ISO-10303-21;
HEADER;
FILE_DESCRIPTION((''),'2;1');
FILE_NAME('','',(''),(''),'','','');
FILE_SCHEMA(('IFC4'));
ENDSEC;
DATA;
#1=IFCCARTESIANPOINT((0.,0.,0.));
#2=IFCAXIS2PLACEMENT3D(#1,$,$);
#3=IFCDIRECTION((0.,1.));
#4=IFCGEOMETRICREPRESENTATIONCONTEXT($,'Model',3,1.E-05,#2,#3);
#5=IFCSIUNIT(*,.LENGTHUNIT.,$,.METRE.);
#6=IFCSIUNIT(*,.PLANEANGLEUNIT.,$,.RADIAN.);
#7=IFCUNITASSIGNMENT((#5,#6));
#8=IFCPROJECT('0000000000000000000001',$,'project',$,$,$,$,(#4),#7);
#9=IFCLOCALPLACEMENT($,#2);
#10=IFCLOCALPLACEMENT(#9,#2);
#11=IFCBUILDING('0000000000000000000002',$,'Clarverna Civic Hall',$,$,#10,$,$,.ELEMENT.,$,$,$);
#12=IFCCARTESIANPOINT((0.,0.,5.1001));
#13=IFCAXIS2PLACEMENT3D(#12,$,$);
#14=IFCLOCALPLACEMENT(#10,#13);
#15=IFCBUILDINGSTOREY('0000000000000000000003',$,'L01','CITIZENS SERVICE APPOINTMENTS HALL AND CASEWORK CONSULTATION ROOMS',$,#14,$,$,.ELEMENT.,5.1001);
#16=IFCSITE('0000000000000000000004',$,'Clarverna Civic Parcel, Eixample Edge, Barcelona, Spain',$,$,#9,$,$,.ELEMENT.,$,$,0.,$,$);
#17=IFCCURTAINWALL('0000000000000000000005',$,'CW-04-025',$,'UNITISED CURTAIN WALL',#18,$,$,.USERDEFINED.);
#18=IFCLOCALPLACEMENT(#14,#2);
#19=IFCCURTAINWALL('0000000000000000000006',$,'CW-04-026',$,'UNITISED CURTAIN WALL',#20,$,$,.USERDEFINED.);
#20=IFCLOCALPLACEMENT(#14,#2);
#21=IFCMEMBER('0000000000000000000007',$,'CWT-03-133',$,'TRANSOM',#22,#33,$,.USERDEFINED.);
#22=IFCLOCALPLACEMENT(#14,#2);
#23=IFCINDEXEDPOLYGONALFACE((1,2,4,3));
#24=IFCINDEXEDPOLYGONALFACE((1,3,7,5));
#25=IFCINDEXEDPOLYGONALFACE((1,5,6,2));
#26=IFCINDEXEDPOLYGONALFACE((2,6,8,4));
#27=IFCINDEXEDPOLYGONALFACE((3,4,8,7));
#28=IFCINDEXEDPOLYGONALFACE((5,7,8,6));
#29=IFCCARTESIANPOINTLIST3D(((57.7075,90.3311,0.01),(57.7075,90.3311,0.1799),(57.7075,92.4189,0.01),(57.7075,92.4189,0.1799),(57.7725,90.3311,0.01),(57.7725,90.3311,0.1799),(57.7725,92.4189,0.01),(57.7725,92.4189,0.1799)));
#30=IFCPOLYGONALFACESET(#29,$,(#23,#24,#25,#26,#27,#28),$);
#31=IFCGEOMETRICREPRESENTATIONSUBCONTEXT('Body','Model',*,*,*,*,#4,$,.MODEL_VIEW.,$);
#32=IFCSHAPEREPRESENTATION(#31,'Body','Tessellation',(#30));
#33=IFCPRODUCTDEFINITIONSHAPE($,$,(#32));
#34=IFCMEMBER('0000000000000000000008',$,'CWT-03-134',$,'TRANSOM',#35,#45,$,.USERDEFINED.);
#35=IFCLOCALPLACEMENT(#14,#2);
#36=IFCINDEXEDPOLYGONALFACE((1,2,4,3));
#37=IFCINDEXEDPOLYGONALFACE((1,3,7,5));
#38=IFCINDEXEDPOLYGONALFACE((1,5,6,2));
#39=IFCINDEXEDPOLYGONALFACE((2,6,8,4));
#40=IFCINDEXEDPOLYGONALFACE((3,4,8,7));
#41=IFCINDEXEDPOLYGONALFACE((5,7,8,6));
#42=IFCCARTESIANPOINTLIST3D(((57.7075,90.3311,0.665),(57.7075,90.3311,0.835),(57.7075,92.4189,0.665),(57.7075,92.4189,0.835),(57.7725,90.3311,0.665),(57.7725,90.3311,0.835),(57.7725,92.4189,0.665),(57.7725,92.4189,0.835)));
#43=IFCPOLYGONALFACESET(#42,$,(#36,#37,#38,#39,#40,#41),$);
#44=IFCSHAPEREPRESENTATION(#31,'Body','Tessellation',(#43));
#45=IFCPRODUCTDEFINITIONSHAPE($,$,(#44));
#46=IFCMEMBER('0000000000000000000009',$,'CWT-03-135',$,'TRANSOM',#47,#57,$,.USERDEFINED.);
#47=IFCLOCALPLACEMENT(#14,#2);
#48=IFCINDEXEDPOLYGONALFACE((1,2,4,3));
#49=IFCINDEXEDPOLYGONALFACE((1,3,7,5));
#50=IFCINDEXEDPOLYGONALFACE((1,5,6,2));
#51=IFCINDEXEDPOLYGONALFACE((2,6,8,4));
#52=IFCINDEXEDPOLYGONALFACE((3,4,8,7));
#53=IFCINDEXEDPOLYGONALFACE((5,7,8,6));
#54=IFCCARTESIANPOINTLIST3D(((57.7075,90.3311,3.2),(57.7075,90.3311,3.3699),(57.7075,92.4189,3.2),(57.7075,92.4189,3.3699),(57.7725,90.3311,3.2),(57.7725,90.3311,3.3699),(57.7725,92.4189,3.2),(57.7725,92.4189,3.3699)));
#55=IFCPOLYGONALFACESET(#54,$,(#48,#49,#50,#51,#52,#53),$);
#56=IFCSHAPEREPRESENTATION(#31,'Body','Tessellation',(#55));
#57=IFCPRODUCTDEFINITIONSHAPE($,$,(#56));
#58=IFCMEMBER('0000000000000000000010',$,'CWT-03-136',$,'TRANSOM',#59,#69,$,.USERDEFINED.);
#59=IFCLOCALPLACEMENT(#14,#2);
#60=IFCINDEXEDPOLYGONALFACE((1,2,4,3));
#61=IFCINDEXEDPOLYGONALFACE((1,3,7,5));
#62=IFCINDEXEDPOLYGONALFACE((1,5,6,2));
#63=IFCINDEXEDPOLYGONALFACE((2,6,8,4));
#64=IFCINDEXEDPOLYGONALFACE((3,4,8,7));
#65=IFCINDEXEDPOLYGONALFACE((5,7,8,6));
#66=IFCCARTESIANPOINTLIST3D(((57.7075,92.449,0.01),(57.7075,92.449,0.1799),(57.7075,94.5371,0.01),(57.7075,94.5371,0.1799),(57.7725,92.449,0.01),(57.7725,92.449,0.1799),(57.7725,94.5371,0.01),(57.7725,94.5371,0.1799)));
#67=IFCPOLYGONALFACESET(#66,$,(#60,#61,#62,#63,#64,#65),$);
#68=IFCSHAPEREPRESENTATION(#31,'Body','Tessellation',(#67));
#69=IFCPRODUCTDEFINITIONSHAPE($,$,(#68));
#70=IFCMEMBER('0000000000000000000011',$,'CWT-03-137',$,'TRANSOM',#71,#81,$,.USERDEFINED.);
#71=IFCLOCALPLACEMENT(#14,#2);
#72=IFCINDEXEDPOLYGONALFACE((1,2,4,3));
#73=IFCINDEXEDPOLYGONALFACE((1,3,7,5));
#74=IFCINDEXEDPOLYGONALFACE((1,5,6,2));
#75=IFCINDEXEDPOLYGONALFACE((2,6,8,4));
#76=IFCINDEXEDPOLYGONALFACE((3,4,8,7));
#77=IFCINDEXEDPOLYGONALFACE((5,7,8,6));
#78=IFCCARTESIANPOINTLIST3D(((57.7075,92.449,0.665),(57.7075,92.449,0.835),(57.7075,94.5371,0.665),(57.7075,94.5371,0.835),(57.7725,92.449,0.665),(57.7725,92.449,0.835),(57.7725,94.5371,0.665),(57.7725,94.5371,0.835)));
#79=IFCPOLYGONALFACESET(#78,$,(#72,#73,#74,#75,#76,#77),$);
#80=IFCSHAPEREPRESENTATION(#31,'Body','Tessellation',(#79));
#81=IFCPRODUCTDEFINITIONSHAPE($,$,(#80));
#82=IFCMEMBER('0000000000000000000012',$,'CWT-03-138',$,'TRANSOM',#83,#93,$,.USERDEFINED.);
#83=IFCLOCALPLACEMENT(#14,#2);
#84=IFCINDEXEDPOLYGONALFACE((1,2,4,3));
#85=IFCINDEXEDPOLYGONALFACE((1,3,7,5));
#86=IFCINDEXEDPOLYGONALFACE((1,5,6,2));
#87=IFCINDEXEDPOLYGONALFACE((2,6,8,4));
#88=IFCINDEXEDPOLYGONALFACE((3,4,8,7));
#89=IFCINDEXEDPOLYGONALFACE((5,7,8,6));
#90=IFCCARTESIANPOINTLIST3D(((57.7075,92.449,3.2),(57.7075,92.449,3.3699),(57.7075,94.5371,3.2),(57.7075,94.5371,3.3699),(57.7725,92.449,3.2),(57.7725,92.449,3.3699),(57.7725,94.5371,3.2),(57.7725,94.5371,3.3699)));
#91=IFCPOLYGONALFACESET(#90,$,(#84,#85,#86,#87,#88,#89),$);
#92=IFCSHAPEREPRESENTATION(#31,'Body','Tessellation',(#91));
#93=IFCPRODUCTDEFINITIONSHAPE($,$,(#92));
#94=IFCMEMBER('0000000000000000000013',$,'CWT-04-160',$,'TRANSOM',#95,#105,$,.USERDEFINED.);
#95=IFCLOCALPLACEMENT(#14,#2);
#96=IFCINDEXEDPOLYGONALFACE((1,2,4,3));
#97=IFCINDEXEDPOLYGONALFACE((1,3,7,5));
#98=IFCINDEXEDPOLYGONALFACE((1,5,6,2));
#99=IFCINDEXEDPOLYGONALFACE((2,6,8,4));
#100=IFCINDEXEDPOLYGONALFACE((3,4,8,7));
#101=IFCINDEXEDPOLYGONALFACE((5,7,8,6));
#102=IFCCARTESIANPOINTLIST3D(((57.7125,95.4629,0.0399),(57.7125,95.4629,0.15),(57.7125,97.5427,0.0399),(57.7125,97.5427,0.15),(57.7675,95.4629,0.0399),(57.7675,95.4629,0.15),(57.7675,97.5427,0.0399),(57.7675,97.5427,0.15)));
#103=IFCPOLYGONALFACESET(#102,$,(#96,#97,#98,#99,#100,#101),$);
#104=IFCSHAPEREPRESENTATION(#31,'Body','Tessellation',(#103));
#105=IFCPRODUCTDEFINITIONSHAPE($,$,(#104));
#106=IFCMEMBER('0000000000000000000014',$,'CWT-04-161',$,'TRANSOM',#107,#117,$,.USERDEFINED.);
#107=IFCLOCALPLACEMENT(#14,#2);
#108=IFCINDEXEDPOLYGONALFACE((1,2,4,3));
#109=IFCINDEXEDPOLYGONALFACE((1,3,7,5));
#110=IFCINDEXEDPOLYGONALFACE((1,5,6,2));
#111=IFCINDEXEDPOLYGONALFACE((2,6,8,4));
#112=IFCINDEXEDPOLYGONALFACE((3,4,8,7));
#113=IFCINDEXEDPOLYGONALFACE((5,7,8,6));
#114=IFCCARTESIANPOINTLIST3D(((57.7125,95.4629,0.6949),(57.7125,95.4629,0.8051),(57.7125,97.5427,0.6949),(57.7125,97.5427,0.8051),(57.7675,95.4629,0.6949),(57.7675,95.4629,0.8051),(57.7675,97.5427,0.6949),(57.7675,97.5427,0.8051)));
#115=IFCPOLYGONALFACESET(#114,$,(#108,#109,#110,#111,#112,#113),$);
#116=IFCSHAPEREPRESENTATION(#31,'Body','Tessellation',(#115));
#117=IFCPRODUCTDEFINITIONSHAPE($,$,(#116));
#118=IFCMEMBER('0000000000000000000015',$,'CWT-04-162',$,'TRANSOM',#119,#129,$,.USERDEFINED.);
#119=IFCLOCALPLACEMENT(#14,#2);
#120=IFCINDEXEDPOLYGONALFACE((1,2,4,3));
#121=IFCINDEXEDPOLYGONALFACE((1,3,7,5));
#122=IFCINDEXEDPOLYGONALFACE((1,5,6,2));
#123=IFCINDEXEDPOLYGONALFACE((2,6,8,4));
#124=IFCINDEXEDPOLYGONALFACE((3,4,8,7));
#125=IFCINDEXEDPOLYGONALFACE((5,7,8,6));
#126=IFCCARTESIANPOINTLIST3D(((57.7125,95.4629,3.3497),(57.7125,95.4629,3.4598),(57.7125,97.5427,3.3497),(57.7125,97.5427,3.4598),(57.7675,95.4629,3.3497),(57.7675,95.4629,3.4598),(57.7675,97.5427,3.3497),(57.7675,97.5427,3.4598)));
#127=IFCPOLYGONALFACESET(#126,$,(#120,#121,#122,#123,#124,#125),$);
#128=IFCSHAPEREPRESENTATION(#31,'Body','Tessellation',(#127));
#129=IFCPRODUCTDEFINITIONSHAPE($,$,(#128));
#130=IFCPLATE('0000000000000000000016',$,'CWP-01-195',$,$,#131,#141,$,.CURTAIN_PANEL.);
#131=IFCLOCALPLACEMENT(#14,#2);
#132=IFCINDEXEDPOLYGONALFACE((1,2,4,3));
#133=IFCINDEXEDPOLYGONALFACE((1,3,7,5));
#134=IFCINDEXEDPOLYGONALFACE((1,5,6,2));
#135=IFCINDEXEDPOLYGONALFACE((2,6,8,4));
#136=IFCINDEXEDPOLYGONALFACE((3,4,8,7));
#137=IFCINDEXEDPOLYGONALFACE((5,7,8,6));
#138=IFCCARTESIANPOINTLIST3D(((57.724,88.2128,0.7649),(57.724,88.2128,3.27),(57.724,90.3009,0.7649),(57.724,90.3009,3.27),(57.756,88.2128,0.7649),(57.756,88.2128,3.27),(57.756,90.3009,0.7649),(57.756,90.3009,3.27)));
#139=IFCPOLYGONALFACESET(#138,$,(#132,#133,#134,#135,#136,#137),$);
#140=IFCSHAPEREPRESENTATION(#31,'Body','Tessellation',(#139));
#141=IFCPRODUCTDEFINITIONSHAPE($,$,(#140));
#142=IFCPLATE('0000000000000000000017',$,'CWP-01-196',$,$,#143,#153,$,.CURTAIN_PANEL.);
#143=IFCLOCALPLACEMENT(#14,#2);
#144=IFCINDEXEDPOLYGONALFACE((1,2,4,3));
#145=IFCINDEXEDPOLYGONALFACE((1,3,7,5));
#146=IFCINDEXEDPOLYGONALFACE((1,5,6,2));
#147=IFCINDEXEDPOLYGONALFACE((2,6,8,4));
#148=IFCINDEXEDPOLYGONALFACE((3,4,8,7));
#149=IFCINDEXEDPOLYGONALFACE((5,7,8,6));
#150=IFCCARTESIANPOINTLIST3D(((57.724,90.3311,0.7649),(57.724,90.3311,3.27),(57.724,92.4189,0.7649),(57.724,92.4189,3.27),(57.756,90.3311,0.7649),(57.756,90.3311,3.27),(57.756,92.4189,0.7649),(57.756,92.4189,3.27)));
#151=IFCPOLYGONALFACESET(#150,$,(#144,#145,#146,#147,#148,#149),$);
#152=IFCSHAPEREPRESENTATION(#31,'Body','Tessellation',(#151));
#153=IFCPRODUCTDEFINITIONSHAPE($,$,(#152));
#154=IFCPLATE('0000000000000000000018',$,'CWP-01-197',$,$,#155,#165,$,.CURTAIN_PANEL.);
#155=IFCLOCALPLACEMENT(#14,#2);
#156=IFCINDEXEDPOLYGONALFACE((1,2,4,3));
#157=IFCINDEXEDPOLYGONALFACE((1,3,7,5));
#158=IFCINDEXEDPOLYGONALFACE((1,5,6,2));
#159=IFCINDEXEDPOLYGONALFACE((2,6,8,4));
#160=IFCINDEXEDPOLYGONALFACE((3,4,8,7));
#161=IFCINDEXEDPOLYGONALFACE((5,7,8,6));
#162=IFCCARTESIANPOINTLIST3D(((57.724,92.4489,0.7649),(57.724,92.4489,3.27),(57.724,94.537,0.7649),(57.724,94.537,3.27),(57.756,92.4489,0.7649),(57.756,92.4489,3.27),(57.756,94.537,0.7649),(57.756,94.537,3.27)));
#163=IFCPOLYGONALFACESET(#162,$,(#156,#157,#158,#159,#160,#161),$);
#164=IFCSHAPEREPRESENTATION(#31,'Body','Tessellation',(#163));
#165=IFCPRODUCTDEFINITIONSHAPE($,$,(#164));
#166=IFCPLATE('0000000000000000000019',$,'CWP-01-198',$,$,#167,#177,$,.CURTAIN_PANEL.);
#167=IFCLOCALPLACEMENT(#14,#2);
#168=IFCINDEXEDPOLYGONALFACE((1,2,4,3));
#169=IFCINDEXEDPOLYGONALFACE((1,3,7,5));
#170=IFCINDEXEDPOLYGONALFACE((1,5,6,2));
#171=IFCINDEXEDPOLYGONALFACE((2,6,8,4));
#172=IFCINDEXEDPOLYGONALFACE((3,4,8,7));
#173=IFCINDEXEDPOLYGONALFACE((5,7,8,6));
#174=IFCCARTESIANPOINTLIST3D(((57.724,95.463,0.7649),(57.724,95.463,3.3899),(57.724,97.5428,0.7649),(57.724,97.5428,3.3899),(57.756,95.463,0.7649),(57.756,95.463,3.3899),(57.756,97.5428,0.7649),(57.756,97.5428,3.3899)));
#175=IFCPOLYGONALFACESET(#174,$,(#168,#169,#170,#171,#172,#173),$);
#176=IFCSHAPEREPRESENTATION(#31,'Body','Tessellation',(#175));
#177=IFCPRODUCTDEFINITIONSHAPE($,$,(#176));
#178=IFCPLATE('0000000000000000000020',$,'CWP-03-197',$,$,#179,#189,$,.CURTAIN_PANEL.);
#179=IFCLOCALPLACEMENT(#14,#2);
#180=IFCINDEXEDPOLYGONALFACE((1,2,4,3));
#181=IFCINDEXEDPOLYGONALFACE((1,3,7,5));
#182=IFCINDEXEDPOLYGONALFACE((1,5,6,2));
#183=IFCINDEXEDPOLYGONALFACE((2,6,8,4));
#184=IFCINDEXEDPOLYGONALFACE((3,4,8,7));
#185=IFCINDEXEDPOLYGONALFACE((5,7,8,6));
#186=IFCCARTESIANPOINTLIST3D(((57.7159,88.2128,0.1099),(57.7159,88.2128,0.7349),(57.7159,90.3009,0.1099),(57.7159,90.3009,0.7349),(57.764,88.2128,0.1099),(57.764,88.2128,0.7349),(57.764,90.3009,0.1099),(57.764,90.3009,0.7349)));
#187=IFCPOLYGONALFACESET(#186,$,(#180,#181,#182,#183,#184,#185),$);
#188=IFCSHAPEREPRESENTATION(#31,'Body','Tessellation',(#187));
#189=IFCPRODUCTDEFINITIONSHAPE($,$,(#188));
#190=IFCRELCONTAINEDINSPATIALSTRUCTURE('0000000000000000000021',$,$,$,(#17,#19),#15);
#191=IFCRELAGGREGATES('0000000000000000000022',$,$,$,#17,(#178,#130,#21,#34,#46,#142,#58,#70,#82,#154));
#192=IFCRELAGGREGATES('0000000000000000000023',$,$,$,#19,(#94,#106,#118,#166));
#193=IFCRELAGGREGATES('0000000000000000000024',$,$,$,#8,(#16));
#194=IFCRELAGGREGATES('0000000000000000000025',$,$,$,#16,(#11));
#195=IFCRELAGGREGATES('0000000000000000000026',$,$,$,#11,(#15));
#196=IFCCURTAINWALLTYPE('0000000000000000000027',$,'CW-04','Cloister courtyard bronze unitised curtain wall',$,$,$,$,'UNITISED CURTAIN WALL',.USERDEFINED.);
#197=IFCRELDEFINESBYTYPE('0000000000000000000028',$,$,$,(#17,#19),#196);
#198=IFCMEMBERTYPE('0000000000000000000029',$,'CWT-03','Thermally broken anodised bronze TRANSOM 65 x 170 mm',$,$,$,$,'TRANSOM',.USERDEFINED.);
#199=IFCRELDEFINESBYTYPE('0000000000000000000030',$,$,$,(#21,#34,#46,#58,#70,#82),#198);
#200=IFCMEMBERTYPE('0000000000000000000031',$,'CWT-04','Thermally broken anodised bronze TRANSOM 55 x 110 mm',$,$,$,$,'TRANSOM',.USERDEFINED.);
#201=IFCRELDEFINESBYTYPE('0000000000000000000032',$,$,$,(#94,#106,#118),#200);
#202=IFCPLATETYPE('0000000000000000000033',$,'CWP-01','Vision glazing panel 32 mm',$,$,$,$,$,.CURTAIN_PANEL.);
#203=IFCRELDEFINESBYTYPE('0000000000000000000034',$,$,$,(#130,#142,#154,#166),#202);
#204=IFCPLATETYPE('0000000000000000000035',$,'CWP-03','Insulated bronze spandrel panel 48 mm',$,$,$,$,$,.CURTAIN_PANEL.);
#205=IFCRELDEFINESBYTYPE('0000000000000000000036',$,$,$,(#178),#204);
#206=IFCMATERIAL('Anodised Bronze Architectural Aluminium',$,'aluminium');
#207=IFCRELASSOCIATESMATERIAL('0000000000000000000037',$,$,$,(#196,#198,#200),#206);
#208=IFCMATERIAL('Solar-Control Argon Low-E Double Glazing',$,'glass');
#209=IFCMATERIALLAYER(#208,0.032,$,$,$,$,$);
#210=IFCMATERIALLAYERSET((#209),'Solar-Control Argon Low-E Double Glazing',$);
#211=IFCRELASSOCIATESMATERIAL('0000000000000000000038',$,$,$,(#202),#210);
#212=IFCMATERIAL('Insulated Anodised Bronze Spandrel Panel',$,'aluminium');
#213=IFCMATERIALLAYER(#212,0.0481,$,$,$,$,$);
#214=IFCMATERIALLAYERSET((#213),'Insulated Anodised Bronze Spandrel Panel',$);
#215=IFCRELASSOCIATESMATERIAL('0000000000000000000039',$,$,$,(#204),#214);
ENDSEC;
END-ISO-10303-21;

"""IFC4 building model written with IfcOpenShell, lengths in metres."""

from ifc_helpers import new_model, si_unit, direction, frame, frame_2d, origin, origin_2d, place, context, subcontext, project, spatial, rectangle, extrude, material, layer, layer_set, material_profile, profile_set, type_object, element, aggregate, save


model = new_model("IFC4")

# Units and contexts
model_context = context("Model", 3, precision=1e-05, world=origin(), true_north=direction((0.0, 1.0)))
body_context = subcontext(model_context, "Body", "Model", "MODEL_VIEW")
ifc_project = project(units=[si_unit("LENGTHUNIT", "METRE"), si_unit("PLANEANGLEUNIT", "RADIAN")], contexts=[model_context])

# Site, building, storey
site_placement = place(None, origin())
site = spatial("IfcSite", under=ifc_project, at=site_placement, Name="Clarverna Civic Parcel, Eixample Edge, Barcelona, Spain", CompositionType="ELEMENT", RefElevation=0.0)
building_placement = place(site_placement, origin())
building = spatial("IfcBuilding", under=site, at=building_placement, Name="Clarverna Civic Hall", CompositionType="ELEMENT")
storey_placement = place(building_placement, frame((0.0, 0.0, 5.1001)))
storey = spatial("IfcBuildingStorey", under=building, at=storey_placement, Name="L01", Description="CITIZENS SERVICE APPOINTMENTS HALL AND CASEWORK CONSULTATION ROOMS", CompositionType="ELEMENT", Elevation=5.1001)

# Curtain wall
ifc_material_1 = material(Name="Anodised Bronze Architectural Aluminium", Category="aluminium")
curtain_wall_type = type_object("IfcCurtainWallType", Name="CW-04", Description="Cloister courtyard bronze unitised curtain wall", ElementType="UNITISED CURTAIN WALL", PredefinedType="USERDEFINED", material=ifc_material_1)
curtain_wall_1_placement = place(storey_placement, origin())
curtain_wall_1 = element("IfcCurtainWall", 1, at=curtain_wall_1_placement, inside=storey, type_object=curtain_wall_type, Name="CW-04-025", ObjectType="UNITISED CURTAIN WALL", PredefinedType="USERDEFINED")

# Curtain wall
curtain_wall_2_placement = place(storey_placement, origin())
curtain_wall_2 = element("IfcCurtainWall", 2, at=curtain_wall_2_placement, inside=storey, type_object=curtain_wall_type, Name="CW-04-026", ObjectType="UNITISED CURTAIN WALL", PredefinedType="USERDEFINED")

# Members
ifc_material_profile_1 = material_profile(ifc_material_1, rectangle(XDim=0.0649, YDim=0.1699, at=origin_2d()), Name="BRONZE 65x170")
ifc_profile_set_1 = profile_set([ifc_material_profile_1], Name="Anodised Bronze Architectural Aluminium")
member_type_1 = type_object("IfcMemberType", Name="CWT-03", Description="Thermally broken anodised bronze TRANSOM 65 x 170 mm", ElementType="TRANSOM", PredefinedType="USERDEFINED", material=ifc_profile_set_1)
member_1_placement = place(storey_placement, frame((57.74, 90.3311, 0.095), z_axis=(0.0, 1.0, 0.0), x_axis=(-1.0, 0.0, 0.0)))
member_1 = element("IfcMember", 3, at=member_1_placement, type_object=member_type_1, Name="CWT-03-133", ObjectType="TRANSOM", PredefinedType="USERDEFINED", context=body_context, shape_type="SweptSolid", body=[
    extrude(rectangle(XDim=0.0649, YDim=0.1699, at=origin_2d()), origin(), (0.0, 0.0, 1.0), 2.0879),
])
member_2_placement = place(storey_placement, frame((57.74, 90.3311, 0.75), z_axis=(0.0, 1.0, 0.0), x_axis=(-1.0, 0.0, 0.0)))
member_2 = element("IfcMember", 4, at=member_2_placement, type_object=member_type_1, Name="CWT-03-134", ObjectType="TRANSOM", PredefinedType="USERDEFINED", context=body_context, shape_type="SweptSolid", body=[
    extrude(rectangle(XDim=0.0649, YDim=0.1699, at=origin_2d()), origin(), (0.0, 0.0, 1.0), 2.0879),
])
member_3_placement = place(storey_placement, frame((57.74, 90.3311, 3.2849), z_axis=(0.0, 1.0, 0.0), x_axis=(-1.0, 0.0, 0.0)))
member_3 = element("IfcMember", 5, at=member_3_placement, type_object=member_type_1, Name="CWT-03-135", ObjectType="TRANSOM", PredefinedType="USERDEFINED", context=body_context, shape_type="SweptSolid", body=[
    extrude(rectangle(XDim=0.0649, YDim=0.1699, at=origin_2d()), origin(), (0.0, 0.0, 1.0), 2.0879),
])
member_4_placement = place(storey_placement, frame((57.74, 92.449, 0.095), z_axis=(0.0, 1.0, 0.0), x_axis=(-1.0, 0.0, 0.0)))
member_4 = element("IfcMember", 6, at=member_4_placement, type_object=member_type_1, Name="CWT-03-136", ObjectType="TRANSOM", PredefinedType="USERDEFINED", context=body_context, shape_type="SweptSolid", body=[
    extrude(rectangle(XDim=0.0649, YDim=0.1699, at=origin_2d()), origin(), (0.0, 0.0, 1.0), 2.0881),
])
member_5_placement = place(storey_placement, frame((57.74, 92.449, 0.75), z_axis=(0.0, 1.0, 0.0), x_axis=(-1.0, 0.0, 0.0)))
member_5 = element("IfcMember", 7, at=member_5_placement, type_object=member_type_1, Name="CWT-03-137", ObjectType="TRANSOM", PredefinedType="USERDEFINED", context=body_context, shape_type="SweptSolid", body=[
    extrude(rectangle(XDim=0.0649, YDim=0.1699, at=origin_2d()), origin(), (0.0, 0.0, 1.0), 2.0881),
])
member_6_placement = place(storey_placement, frame((57.74, 92.449, 3.2849), z_axis=(0.0, 1.0, 0.0), x_axis=(-1.0, 0.0, 0.0)))
member_6 = element("IfcMember", 8, at=member_6_placement, type_object=member_type_1, Name="CWT-03-138", ObjectType="TRANSOM", PredefinedType="USERDEFINED", context=body_context, shape_type="SweptSolid", body=[
    extrude(rectangle(XDim=0.0649, YDim=0.1699, at=origin_2d()), origin(), (0.0, 0.0, 1.0), 2.0881),
])
ifc_material_profile_2 = material_profile(ifc_material_1, rectangle(XDim=0.0549, YDim=0.1101, at=origin_2d()), Name="BRONZE 55x110")
ifc_profile_set_2 = profile_set([ifc_material_profile_2], Name="Anodised Bronze Architectural Aluminium")
member_type_2 = type_object("IfcMemberType", Name="CWT-04", Description="Thermally broken anodised bronze TRANSOM 55 x 110 mm", ElementType="TRANSOM", PredefinedType="USERDEFINED", material=ifc_profile_set_2)
member_7_placement = place(storey_placement, frame((57.74, 95.4629, 0.095), z_axis=(0.0, 1.0, 0.0), x_axis=(-1.0, 0.0, 0.0)))
member_7 = element("IfcMember", 9, at=member_7_placement, type_object=member_type_2, Name="CWT-04-160", ObjectType="TRANSOM", PredefinedType="USERDEFINED", context=body_context, shape_type="SweptSolid", body=[
    extrude(rectangle(XDim=0.0549, YDim=0.1101, at=origin_2d()), origin(), (0.0, 0.0, 1.0), 2.0798),
])
member_8_placement = place(storey_placement, frame((57.74, 95.4629, 0.75), z_axis=(0.0, 1.0, 0.0), x_axis=(-1.0, 0.0, 0.0)))
member_8 = element("IfcMember", 10, at=member_8_placement, type_object=member_type_2, Name="CWT-04-161", ObjectType="TRANSOM", PredefinedType="USERDEFINED", context=body_context, shape_type="SweptSolid", body=[
    extrude(rectangle(XDim=0.0549, YDim=0.1101, at=origin_2d()), origin(), (0.0, 0.0, 1.0), 2.0798),
])
member_9_placement = place(storey_placement, frame((57.74, 95.4629, 3.4048), z_axis=(0.0, 1.0, 0.0), x_axis=(-1.0, 0.0, 0.0)))
member_9 = element("IfcMember", 11, at=member_9_placement, type_object=member_type_2, Name="CWT-04-162", ObjectType="TRANSOM", PredefinedType="USERDEFINED", context=body_context, shape_type="SweptSolid", body=[
    extrude(rectangle(XDim=0.0549, YDim=0.1101, at=origin_2d()), origin(), (0.0, 0.0, 1.0), 2.0798),
])

# Plates
ifc_material_2 = material(Name="Solar-Control Argon Low-E Double Glazing", Category="glass")
ifc_layer_1 = layer(ifc_material_2, 0.032)
ifc_layer_set_1 = layer_set([ifc_layer_1], Name="Solar-Control Argon Low-E Double Glazing")
plate_type_1 = type_object("IfcPlateType", Name="CWP-01", Description="Vision glazing panel 32 mm", PredefinedType="CURTAIN_PANEL", material=ifc_layer_set_1)
plate_1_placement = place(storey_placement, frame((57.74, 88.2129, 0.7649), z_axis=(0.0, 0.0, 1.0), x_axis=(0.0, 1.0, 0.0)))
plate_1 = element("IfcPlate", 12, at=plate_1_placement, type_object=plate_type_1, Name="CWP-01-195", PredefinedType="CURTAIN_PANEL", context=body_context, shape_type="SweptSolid", body=[
    extrude(rectangle(XDim=2.0881, YDim=0.032, at=frame_2d((1.0439, 0.0))), origin(), (0.0, 0.0, 1.0), 2.5051),
])
plate_2_placement = place(storey_placement, frame((57.74, 90.3311, 0.7649), z_axis=(0.0, 0.0, 1.0), x_axis=(0.0, 1.0, 0.0)))
plate_2 = element("IfcPlate", 13, at=plate_2_placement, type_object=plate_type_1, Name="CWP-01-196", PredefinedType="CURTAIN_PANEL", context=body_context, shape_type="SweptSolid", body=[
    extrude(rectangle(XDim=2.0879, YDim=0.032, at=frame_2d((1.0439, 0.0))), origin(), (0.0, 0.0, 1.0), 2.5051),
])
plate_3_placement = place(storey_placement, frame((57.74, 92.449, 0.7649), z_axis=(0.0, 0.0, 1.0), x_axis=(0.0, 1.0, 0.0)))
plate_3 = element("IfcPlate", 14, at=plate_3_placement, type_object=plate_type_1, Name="CWP-01-197", PredefinedType="CURTAIN_PANEL", context=body_context, shape_type="SweptSolid", body=[
    extrude(rectangle(XDim=2.0881, YDim=0.032, at=frame_2d((1.0439, 0.0))), origin(), (0.0, 0.0, 1.0), 2.5051),
])
plate_4_placement = place(storey_placement, frame((57.74, 95.4629, 0.7649), z_axis=(0.0, 0.0, 1.0), x_axis=(0.0, 1.0, 0.0)))
plate_4 = element("IfcPlate", 15, at=plate_4_placement, type_object=plate_type_1, Name="CWP-01-198", PredefinedType="CURTAIN_PANEL", context=body_context, shape_type="SweptSolid", body=[
    extrude(rectangle(XDim=2.0798, YDim=0.032, at=frame_2d((1.04, 0.0))), origin(), (0.0, 0.0, 1.0), 2.625),
])
ifc_material_3 = material(Name="Insulated Anodised Bronze Spandrel Panel", Category="aluminium")
ifc_layer_2 = layer(ifc_material_3, 0.0481)
ifc_layer_set_2 = layer_set([ifc_layer_2], Name="Insulated Anodised Bronze Spandrel Panel")
plate_type_2 = type_object("IfcPlateType", Name="CWP-03", Description="Insulated bronze spandrel panel 48 mm", PredefinedType="CURTAIN_PANEL", material=ifc_layer_set_2)
plate_5_placement = place(storey_placement, frame((57.74, 88.2129, 0.1099), z_axis=(0.0, 0.0, 1.0), x_axis=(0.0, 1.0, 0.0)))
plate_5 = element("IfcPlate", 16, at=plate_5_placement, type_object=plate_type_2, Name="CWP-03-197", PredefinedType="CURTAIN_PANEL", context=body_context, shape_type="SweptSolid", body=[
    extrude(rectangle(XDim=2.0881, YDim=0.0481, at=frame_2d((1.0439, 0.0))), origin(), (0.0, 0.0, 1.0), 0.625),
])
aggregate(curtain_wall_1, [plate_5, plate_1, member_1, member_2, member_3, plate_2, member_4, member_5, member_6, plate_3])
aggregate(curtain_wall_2, [member_7, member_8, member_9, plate_4])

save(model, "model.ifc")
